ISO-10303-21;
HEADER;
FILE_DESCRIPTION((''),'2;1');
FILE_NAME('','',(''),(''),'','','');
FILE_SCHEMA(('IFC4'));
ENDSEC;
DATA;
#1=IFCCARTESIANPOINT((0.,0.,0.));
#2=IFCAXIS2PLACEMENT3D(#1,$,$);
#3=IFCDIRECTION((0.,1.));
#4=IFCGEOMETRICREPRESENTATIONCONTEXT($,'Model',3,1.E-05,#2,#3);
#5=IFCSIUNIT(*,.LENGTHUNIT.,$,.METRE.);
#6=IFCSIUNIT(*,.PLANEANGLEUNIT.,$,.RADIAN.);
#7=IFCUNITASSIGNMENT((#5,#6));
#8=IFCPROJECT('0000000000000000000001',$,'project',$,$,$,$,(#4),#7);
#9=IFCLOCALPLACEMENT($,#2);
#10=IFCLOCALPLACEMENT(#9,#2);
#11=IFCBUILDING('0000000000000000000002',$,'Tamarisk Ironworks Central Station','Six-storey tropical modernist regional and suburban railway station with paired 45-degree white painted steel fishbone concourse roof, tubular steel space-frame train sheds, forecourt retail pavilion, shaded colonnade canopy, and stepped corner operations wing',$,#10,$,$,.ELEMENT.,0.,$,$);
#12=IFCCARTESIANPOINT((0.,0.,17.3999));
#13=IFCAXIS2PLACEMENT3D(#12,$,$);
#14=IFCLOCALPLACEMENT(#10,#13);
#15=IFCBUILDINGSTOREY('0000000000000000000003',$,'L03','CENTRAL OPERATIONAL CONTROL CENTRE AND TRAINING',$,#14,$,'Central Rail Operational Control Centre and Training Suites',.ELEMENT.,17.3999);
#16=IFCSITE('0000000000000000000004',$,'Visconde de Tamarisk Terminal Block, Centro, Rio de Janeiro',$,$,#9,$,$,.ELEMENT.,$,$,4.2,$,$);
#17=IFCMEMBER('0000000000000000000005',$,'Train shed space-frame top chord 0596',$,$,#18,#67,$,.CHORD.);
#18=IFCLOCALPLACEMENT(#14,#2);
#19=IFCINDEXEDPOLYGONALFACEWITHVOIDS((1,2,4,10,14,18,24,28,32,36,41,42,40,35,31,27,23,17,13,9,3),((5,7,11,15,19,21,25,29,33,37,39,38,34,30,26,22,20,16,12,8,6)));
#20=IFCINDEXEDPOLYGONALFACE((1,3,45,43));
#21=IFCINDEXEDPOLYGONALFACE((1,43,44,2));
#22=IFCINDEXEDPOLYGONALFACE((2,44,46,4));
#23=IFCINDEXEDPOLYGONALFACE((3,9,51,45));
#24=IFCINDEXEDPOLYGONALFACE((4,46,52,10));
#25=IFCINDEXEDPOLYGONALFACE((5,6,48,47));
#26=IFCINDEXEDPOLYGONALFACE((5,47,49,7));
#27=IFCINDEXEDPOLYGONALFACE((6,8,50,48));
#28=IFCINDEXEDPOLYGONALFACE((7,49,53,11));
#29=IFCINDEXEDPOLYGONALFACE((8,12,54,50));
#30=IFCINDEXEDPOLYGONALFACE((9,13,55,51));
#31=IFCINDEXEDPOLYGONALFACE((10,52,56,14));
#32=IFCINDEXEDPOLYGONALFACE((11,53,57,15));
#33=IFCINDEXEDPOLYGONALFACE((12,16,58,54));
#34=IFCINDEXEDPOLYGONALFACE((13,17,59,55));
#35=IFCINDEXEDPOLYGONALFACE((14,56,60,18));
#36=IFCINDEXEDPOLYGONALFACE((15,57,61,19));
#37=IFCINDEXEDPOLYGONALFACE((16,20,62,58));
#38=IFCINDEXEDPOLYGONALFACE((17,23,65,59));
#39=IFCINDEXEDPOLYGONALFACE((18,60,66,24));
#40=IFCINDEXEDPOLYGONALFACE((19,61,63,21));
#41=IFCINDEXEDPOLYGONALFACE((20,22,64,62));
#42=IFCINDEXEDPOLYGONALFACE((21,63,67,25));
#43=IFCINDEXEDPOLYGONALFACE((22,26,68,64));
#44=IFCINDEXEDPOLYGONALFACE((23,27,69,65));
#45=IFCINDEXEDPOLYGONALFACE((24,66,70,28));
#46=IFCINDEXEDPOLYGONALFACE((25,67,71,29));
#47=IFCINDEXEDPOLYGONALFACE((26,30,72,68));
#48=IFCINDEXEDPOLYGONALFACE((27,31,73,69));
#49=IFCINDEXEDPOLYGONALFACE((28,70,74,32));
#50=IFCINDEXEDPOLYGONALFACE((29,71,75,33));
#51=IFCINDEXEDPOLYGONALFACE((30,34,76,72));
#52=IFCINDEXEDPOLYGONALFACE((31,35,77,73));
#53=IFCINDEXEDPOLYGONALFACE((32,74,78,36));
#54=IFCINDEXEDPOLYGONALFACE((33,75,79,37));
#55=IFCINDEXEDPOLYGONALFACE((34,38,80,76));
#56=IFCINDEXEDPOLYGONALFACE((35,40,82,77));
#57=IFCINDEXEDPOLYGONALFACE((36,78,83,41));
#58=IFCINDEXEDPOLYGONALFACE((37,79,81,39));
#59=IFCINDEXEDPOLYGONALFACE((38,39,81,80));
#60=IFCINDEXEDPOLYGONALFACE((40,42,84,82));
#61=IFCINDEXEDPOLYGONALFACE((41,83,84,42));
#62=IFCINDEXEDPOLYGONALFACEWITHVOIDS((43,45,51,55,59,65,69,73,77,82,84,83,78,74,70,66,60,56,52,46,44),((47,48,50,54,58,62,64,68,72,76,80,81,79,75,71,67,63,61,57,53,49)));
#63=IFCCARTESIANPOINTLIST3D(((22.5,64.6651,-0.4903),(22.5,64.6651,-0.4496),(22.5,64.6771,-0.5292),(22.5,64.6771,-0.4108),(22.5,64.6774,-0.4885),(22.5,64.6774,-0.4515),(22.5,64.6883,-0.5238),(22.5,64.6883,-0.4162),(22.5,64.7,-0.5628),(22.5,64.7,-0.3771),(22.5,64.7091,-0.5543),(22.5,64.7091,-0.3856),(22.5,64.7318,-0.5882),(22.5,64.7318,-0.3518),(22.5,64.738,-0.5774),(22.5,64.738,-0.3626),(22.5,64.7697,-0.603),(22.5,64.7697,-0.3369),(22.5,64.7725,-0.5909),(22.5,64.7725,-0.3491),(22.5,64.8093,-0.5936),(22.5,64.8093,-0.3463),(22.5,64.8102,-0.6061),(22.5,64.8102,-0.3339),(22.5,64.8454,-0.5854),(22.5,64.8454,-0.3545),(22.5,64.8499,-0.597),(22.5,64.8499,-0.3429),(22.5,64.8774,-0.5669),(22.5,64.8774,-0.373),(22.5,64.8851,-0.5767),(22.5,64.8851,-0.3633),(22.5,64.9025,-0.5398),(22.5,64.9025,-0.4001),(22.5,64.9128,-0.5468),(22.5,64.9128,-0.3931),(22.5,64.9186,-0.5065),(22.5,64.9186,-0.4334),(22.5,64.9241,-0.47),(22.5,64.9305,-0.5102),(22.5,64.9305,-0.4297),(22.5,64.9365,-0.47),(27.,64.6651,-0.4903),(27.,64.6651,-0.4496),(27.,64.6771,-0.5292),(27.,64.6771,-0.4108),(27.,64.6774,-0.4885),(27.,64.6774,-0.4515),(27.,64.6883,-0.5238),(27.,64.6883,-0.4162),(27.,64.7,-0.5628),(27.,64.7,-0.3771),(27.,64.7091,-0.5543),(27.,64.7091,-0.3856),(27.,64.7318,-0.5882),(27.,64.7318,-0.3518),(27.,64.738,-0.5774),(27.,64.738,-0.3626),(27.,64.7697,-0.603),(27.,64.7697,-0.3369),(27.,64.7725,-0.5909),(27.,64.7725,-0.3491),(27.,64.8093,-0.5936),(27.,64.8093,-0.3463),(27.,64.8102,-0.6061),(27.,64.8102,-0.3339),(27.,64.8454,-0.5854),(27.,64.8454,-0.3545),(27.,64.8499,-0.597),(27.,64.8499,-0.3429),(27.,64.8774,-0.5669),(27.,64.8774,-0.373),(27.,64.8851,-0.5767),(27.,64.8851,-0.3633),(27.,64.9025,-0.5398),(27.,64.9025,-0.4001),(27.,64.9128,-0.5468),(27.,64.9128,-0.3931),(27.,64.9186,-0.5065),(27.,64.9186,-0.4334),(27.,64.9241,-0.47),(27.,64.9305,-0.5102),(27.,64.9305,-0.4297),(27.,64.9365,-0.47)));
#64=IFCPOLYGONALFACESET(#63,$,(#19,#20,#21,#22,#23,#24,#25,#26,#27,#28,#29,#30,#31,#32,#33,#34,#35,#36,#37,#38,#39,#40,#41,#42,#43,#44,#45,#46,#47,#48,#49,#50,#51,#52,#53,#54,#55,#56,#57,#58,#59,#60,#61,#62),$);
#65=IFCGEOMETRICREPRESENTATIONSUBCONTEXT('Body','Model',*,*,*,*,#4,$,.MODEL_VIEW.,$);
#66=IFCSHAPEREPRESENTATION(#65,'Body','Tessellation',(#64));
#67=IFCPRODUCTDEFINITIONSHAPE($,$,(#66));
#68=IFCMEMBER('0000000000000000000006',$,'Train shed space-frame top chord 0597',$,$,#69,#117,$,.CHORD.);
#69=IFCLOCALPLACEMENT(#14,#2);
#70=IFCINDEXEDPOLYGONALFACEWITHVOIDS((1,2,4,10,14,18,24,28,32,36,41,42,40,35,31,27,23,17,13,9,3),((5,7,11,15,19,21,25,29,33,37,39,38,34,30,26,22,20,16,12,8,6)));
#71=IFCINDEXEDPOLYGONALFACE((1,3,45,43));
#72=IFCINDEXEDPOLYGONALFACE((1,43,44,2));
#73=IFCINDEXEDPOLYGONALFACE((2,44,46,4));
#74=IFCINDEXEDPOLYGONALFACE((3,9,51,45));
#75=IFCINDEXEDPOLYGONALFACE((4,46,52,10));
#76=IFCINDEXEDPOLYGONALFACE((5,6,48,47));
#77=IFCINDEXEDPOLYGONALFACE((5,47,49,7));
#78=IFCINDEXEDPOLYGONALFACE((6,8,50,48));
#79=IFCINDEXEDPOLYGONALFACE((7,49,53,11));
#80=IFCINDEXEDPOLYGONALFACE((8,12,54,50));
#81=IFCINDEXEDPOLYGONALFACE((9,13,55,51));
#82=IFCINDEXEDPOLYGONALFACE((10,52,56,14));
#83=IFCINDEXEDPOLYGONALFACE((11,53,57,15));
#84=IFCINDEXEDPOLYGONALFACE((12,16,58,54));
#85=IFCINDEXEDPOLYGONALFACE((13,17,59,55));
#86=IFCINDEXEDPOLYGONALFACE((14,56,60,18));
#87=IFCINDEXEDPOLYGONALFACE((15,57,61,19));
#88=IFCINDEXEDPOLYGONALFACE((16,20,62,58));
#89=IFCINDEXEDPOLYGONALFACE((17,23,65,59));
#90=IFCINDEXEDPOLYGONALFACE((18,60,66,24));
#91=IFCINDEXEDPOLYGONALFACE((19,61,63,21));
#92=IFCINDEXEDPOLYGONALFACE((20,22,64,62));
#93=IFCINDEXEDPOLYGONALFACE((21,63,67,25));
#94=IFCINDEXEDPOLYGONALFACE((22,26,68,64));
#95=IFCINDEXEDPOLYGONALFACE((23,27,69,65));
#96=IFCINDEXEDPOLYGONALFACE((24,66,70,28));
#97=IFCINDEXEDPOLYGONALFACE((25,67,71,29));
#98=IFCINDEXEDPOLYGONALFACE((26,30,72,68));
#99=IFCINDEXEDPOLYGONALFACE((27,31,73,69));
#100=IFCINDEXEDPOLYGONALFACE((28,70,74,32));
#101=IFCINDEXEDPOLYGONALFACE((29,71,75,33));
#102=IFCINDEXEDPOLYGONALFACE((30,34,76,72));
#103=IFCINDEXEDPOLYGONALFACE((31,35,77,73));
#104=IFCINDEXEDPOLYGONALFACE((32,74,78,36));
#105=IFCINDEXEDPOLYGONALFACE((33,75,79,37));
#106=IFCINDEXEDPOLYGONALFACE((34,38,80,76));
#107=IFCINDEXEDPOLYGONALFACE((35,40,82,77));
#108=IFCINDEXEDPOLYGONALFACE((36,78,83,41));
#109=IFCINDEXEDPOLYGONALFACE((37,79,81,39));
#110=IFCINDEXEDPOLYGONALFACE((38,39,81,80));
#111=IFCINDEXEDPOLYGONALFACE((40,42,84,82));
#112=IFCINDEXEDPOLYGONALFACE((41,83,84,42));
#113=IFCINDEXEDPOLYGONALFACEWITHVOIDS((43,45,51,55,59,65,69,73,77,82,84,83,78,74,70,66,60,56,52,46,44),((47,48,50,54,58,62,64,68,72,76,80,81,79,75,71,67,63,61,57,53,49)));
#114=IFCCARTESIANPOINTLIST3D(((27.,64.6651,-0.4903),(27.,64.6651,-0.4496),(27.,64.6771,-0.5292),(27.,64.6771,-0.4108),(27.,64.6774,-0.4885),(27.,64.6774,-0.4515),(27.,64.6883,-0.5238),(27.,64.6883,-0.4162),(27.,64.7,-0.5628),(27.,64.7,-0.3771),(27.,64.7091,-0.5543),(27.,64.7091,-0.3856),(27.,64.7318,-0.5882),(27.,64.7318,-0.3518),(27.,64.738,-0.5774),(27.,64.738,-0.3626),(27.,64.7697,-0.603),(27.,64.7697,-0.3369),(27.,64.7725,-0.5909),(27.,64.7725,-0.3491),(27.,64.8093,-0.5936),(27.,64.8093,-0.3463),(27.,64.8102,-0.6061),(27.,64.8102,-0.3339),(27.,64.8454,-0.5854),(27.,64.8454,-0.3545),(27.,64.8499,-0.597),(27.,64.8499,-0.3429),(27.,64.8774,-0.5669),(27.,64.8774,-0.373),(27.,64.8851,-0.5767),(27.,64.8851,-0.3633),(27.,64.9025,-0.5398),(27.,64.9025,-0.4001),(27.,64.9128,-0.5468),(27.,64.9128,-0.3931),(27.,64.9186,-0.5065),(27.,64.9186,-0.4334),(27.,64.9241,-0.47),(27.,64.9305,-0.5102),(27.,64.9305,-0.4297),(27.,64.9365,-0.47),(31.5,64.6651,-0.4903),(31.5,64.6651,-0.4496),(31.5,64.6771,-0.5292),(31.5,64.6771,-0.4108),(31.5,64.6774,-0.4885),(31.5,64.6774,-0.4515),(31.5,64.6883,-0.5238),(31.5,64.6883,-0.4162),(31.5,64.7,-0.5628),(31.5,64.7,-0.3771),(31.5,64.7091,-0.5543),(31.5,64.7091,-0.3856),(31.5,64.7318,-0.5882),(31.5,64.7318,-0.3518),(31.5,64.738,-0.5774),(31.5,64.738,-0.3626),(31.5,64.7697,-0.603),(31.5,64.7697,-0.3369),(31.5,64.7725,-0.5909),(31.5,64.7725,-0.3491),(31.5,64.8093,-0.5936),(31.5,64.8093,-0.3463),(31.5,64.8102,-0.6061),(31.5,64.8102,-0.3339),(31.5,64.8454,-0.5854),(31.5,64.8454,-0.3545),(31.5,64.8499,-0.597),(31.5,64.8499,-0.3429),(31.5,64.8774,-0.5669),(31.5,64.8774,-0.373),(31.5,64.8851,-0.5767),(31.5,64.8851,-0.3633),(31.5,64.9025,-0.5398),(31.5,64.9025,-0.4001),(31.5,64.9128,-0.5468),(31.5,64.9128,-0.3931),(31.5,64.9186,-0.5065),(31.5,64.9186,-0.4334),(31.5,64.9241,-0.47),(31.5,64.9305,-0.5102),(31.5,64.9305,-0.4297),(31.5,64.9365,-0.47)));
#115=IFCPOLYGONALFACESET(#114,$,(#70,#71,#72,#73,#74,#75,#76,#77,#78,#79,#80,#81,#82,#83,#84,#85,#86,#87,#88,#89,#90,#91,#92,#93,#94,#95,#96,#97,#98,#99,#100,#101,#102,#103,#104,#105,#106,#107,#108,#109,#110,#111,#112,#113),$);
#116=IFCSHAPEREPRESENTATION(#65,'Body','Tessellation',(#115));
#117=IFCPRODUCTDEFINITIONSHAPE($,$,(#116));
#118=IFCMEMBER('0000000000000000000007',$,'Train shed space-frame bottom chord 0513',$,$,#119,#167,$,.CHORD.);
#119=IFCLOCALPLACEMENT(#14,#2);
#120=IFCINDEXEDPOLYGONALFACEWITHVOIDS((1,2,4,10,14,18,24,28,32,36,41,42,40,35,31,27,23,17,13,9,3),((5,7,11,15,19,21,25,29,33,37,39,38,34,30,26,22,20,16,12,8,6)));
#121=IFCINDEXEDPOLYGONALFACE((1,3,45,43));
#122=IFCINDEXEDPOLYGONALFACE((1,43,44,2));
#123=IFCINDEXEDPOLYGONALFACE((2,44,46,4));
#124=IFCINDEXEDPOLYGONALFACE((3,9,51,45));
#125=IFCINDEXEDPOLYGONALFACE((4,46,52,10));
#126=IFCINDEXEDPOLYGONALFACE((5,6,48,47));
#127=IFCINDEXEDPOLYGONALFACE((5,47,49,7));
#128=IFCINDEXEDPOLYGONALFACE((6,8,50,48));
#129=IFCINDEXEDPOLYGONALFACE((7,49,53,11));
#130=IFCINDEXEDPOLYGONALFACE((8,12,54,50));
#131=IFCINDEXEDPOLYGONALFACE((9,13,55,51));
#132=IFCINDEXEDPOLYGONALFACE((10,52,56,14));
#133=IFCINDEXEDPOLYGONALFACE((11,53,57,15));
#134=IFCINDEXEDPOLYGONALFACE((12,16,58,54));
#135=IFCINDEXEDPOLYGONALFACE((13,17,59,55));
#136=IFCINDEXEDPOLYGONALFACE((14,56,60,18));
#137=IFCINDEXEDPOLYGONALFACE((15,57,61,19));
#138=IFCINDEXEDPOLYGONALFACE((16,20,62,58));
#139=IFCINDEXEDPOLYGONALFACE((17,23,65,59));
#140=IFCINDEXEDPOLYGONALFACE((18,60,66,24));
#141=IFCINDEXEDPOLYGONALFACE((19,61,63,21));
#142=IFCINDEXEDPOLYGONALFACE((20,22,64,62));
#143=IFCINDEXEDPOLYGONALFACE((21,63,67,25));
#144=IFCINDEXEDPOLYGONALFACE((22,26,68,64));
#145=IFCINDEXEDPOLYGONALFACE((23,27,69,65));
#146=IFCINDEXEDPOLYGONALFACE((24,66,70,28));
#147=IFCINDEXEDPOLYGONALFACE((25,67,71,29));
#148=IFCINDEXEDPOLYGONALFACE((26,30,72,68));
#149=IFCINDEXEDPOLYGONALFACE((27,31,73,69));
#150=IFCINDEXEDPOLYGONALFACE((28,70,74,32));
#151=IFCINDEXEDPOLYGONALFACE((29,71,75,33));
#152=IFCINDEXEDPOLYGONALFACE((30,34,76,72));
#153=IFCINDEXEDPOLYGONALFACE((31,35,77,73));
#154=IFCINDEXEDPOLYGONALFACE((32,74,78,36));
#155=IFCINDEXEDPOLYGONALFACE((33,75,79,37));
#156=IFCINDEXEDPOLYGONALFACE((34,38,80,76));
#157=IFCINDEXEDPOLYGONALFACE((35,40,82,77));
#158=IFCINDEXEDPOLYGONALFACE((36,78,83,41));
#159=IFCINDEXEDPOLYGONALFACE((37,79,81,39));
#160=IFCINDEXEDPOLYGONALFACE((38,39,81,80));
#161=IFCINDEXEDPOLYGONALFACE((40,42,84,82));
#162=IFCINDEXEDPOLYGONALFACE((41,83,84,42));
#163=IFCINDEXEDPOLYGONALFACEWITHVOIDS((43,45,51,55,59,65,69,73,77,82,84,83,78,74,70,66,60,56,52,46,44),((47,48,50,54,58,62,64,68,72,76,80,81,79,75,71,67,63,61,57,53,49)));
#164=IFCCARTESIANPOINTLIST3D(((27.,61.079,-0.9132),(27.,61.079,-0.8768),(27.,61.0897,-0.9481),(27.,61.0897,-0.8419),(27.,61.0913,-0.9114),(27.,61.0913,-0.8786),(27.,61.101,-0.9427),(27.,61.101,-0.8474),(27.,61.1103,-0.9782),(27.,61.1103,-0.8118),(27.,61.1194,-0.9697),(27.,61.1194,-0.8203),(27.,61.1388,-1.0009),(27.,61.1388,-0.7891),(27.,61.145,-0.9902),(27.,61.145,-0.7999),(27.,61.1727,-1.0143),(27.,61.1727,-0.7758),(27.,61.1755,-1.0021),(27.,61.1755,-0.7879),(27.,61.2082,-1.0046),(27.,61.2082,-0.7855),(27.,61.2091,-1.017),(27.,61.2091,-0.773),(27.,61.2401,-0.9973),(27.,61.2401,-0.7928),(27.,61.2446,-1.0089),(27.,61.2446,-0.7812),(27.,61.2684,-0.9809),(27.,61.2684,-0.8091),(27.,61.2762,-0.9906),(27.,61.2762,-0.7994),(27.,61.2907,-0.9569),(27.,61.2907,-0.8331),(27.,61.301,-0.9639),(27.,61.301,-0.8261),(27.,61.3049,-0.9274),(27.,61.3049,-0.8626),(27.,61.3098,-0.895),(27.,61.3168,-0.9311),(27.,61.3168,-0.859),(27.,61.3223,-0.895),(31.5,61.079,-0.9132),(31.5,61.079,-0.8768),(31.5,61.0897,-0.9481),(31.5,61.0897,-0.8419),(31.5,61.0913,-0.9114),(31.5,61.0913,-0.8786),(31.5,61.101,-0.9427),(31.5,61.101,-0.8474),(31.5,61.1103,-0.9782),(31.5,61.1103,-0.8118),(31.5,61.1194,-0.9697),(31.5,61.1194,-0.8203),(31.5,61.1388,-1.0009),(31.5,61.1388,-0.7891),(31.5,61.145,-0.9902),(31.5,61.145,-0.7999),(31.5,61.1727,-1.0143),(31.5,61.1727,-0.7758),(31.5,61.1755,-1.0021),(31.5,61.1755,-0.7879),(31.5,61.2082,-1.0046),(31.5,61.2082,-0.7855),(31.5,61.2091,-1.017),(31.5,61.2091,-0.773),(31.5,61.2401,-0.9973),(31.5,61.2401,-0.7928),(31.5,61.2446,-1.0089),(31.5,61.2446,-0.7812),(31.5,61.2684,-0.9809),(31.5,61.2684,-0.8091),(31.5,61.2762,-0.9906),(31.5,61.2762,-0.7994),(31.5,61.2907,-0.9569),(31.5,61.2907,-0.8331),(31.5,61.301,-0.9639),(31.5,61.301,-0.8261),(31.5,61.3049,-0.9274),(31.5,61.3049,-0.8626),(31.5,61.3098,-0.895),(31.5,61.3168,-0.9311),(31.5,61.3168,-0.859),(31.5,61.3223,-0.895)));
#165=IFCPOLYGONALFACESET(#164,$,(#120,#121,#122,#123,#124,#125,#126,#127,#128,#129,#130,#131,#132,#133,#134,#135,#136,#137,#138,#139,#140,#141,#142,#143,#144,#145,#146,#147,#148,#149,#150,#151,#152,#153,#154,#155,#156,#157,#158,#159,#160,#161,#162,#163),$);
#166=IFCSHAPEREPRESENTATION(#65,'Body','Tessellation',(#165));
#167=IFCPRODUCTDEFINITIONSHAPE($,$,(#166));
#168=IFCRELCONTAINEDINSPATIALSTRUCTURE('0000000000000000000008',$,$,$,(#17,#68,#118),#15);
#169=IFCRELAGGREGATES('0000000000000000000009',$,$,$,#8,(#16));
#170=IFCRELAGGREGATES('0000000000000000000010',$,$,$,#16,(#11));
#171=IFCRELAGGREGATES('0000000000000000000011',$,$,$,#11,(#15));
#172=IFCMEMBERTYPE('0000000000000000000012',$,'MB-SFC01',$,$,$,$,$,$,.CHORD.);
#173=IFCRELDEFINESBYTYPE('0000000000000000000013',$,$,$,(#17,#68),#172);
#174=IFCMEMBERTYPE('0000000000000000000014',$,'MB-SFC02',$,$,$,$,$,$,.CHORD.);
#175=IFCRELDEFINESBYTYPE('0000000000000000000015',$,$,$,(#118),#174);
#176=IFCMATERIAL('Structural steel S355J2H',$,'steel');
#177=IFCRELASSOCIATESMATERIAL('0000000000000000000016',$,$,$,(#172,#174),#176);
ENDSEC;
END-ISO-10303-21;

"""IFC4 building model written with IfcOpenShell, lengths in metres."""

from ifc_helpers import new_model, si_unit, direction, frame, origin, origin_2d, place, context, subcontext, project, spatial, hollow_circle, extrude, material, material_profile, profile_set, type_object, element, save


model = new_model("IFC4")

# Units and contexts
model_context = context("Model", 3, precision=1e-05, world=origin(), true_north=direction((0.0, 1.0)))
body_context = subcontext(model_context, "Body", "Model", "MODEL_VIEW")
ifc_project = project(units=[si_unit("LENGTHUNIT", "METRE"), si_unit("PLANEANGLEUNIT", "RADIAN")], contexts=[model_context])

# Site, building, storey
site_placement = place(None, origin())
site = spatial("IfcSite", under=ifc_project, at=site_placement, Name="Visconde de Tamarisk Terminal Block, Centro, Rio de Janeiro", CompositionType="ELEMENT", RefElevation=4.2)
building_placement = place(site_placement, origin())
building = spatial("IfcBuilding", under=site, at=building_placement, Name="Tamarisk Ironworks Central Station", Description="Six-storey tropical modernist regional and suburban railway station with paired 45-degree white painted steel fishbone concourse roof, tubular steel space-frame train sheds, forecourt retail pavilion, shaded colonnade canopy, and stepped corner operations wing", CompositionType="ELEMENT", ElevationOfRefHeight=0.0)
storey_placement = place(building_placement, frame((0.0, 0.0, 17.3999)))
storey = spatial("IfcBuildingStorey", under=building, at=storey_placement, Name="L03", Description="CENTRAL OPERATIONAL CONTROL CENTRE AND TRAINING", LongName="Central Rail Operational Control Centre and Training Suites", CompositionType="ELEMENT", Elevation=17.3999)

# Members
ifc_material_1 = material(Name="Structural steel S355J2H", Category="steel")
ifc_material_profile_1 = material_profile(ifc_material_1, hollow_circle(Radius=0.1365, WallThickness=0.0125, at=origin_2d()), Name="CHS 273x12.5")
ifc_profile_set_1 = profile_set([ifc_material_profile_1], Name="Structural steel S355J2H")
member_type_1 = type_object("IfcMemberType", Name="MB-SFC01", PredefinedType="CHORD", material=ifc_profile_set_1)
for number, where, z_axis, x_axis, name in (
    (1, (22.5, 64.8, -0.47), (1.0, 0.0, 0.0), (0.0, 1.0, 0.0), "Train shed space-frame top chord 0596"),
    (2, (27.0, 64.8, -0.47), (1.0, 0.0, 0.0), (0.0, 1.0, 0.0), "Train shed space-frame top chord 0597"),
):
    element("IfcMember", number, at=place(storey_placement, frame(where, z_axis=z_axis, x_axis=x_axis)), inside=storey, type_object=member_type_1, Name=name, PredefinedType="CHORD", context=body_context, shape_type="SweptSolid", body=[
        extrude(hollow_circle(Radius=0.1365, WallThickness=0.0125, at=origin_2d()), origin(), (0.0, 0.0, 1.0), 4.5),
    ])
ifc_material_profile_2 = material_profile(ifc_material_1, hollow_circle(Radius=0.1223, WallThickness=0.0125, at=origin_2d()), Name="CHS 244.5x12.5")
ifc_profile_set_2 = profile_set([ifc_material_profile_2], Name="Structural steel S355J2H")
member_type_2 = type_object("IfcMemberType", Name="MB-SFC02", PredefinedType="CHORD", material=ifc_profile_set_2)
member_1_placement = place(storey_placement, frame((27.0, 61.2, -0.895), z_axis=(1.0, 0.0, 0.0), x_axis=(0.0, 1.0, 0.0)))
element("IfcMember", 3, at=member_1_placement, inside=storey, type_object=member_type_2, Name="Train shed space-frame bottom chord 0513", PredefinedType="CHORD", context=body_context, shape_type="SweptSolid", body=[
    extrude(hollow_circle(Radius=0.1223, WallThickness=0.0125, at=origin_2d()), origin(), (0.0, 0.0, 1.0), 4.5),
])

save(model, "model.ifc")
